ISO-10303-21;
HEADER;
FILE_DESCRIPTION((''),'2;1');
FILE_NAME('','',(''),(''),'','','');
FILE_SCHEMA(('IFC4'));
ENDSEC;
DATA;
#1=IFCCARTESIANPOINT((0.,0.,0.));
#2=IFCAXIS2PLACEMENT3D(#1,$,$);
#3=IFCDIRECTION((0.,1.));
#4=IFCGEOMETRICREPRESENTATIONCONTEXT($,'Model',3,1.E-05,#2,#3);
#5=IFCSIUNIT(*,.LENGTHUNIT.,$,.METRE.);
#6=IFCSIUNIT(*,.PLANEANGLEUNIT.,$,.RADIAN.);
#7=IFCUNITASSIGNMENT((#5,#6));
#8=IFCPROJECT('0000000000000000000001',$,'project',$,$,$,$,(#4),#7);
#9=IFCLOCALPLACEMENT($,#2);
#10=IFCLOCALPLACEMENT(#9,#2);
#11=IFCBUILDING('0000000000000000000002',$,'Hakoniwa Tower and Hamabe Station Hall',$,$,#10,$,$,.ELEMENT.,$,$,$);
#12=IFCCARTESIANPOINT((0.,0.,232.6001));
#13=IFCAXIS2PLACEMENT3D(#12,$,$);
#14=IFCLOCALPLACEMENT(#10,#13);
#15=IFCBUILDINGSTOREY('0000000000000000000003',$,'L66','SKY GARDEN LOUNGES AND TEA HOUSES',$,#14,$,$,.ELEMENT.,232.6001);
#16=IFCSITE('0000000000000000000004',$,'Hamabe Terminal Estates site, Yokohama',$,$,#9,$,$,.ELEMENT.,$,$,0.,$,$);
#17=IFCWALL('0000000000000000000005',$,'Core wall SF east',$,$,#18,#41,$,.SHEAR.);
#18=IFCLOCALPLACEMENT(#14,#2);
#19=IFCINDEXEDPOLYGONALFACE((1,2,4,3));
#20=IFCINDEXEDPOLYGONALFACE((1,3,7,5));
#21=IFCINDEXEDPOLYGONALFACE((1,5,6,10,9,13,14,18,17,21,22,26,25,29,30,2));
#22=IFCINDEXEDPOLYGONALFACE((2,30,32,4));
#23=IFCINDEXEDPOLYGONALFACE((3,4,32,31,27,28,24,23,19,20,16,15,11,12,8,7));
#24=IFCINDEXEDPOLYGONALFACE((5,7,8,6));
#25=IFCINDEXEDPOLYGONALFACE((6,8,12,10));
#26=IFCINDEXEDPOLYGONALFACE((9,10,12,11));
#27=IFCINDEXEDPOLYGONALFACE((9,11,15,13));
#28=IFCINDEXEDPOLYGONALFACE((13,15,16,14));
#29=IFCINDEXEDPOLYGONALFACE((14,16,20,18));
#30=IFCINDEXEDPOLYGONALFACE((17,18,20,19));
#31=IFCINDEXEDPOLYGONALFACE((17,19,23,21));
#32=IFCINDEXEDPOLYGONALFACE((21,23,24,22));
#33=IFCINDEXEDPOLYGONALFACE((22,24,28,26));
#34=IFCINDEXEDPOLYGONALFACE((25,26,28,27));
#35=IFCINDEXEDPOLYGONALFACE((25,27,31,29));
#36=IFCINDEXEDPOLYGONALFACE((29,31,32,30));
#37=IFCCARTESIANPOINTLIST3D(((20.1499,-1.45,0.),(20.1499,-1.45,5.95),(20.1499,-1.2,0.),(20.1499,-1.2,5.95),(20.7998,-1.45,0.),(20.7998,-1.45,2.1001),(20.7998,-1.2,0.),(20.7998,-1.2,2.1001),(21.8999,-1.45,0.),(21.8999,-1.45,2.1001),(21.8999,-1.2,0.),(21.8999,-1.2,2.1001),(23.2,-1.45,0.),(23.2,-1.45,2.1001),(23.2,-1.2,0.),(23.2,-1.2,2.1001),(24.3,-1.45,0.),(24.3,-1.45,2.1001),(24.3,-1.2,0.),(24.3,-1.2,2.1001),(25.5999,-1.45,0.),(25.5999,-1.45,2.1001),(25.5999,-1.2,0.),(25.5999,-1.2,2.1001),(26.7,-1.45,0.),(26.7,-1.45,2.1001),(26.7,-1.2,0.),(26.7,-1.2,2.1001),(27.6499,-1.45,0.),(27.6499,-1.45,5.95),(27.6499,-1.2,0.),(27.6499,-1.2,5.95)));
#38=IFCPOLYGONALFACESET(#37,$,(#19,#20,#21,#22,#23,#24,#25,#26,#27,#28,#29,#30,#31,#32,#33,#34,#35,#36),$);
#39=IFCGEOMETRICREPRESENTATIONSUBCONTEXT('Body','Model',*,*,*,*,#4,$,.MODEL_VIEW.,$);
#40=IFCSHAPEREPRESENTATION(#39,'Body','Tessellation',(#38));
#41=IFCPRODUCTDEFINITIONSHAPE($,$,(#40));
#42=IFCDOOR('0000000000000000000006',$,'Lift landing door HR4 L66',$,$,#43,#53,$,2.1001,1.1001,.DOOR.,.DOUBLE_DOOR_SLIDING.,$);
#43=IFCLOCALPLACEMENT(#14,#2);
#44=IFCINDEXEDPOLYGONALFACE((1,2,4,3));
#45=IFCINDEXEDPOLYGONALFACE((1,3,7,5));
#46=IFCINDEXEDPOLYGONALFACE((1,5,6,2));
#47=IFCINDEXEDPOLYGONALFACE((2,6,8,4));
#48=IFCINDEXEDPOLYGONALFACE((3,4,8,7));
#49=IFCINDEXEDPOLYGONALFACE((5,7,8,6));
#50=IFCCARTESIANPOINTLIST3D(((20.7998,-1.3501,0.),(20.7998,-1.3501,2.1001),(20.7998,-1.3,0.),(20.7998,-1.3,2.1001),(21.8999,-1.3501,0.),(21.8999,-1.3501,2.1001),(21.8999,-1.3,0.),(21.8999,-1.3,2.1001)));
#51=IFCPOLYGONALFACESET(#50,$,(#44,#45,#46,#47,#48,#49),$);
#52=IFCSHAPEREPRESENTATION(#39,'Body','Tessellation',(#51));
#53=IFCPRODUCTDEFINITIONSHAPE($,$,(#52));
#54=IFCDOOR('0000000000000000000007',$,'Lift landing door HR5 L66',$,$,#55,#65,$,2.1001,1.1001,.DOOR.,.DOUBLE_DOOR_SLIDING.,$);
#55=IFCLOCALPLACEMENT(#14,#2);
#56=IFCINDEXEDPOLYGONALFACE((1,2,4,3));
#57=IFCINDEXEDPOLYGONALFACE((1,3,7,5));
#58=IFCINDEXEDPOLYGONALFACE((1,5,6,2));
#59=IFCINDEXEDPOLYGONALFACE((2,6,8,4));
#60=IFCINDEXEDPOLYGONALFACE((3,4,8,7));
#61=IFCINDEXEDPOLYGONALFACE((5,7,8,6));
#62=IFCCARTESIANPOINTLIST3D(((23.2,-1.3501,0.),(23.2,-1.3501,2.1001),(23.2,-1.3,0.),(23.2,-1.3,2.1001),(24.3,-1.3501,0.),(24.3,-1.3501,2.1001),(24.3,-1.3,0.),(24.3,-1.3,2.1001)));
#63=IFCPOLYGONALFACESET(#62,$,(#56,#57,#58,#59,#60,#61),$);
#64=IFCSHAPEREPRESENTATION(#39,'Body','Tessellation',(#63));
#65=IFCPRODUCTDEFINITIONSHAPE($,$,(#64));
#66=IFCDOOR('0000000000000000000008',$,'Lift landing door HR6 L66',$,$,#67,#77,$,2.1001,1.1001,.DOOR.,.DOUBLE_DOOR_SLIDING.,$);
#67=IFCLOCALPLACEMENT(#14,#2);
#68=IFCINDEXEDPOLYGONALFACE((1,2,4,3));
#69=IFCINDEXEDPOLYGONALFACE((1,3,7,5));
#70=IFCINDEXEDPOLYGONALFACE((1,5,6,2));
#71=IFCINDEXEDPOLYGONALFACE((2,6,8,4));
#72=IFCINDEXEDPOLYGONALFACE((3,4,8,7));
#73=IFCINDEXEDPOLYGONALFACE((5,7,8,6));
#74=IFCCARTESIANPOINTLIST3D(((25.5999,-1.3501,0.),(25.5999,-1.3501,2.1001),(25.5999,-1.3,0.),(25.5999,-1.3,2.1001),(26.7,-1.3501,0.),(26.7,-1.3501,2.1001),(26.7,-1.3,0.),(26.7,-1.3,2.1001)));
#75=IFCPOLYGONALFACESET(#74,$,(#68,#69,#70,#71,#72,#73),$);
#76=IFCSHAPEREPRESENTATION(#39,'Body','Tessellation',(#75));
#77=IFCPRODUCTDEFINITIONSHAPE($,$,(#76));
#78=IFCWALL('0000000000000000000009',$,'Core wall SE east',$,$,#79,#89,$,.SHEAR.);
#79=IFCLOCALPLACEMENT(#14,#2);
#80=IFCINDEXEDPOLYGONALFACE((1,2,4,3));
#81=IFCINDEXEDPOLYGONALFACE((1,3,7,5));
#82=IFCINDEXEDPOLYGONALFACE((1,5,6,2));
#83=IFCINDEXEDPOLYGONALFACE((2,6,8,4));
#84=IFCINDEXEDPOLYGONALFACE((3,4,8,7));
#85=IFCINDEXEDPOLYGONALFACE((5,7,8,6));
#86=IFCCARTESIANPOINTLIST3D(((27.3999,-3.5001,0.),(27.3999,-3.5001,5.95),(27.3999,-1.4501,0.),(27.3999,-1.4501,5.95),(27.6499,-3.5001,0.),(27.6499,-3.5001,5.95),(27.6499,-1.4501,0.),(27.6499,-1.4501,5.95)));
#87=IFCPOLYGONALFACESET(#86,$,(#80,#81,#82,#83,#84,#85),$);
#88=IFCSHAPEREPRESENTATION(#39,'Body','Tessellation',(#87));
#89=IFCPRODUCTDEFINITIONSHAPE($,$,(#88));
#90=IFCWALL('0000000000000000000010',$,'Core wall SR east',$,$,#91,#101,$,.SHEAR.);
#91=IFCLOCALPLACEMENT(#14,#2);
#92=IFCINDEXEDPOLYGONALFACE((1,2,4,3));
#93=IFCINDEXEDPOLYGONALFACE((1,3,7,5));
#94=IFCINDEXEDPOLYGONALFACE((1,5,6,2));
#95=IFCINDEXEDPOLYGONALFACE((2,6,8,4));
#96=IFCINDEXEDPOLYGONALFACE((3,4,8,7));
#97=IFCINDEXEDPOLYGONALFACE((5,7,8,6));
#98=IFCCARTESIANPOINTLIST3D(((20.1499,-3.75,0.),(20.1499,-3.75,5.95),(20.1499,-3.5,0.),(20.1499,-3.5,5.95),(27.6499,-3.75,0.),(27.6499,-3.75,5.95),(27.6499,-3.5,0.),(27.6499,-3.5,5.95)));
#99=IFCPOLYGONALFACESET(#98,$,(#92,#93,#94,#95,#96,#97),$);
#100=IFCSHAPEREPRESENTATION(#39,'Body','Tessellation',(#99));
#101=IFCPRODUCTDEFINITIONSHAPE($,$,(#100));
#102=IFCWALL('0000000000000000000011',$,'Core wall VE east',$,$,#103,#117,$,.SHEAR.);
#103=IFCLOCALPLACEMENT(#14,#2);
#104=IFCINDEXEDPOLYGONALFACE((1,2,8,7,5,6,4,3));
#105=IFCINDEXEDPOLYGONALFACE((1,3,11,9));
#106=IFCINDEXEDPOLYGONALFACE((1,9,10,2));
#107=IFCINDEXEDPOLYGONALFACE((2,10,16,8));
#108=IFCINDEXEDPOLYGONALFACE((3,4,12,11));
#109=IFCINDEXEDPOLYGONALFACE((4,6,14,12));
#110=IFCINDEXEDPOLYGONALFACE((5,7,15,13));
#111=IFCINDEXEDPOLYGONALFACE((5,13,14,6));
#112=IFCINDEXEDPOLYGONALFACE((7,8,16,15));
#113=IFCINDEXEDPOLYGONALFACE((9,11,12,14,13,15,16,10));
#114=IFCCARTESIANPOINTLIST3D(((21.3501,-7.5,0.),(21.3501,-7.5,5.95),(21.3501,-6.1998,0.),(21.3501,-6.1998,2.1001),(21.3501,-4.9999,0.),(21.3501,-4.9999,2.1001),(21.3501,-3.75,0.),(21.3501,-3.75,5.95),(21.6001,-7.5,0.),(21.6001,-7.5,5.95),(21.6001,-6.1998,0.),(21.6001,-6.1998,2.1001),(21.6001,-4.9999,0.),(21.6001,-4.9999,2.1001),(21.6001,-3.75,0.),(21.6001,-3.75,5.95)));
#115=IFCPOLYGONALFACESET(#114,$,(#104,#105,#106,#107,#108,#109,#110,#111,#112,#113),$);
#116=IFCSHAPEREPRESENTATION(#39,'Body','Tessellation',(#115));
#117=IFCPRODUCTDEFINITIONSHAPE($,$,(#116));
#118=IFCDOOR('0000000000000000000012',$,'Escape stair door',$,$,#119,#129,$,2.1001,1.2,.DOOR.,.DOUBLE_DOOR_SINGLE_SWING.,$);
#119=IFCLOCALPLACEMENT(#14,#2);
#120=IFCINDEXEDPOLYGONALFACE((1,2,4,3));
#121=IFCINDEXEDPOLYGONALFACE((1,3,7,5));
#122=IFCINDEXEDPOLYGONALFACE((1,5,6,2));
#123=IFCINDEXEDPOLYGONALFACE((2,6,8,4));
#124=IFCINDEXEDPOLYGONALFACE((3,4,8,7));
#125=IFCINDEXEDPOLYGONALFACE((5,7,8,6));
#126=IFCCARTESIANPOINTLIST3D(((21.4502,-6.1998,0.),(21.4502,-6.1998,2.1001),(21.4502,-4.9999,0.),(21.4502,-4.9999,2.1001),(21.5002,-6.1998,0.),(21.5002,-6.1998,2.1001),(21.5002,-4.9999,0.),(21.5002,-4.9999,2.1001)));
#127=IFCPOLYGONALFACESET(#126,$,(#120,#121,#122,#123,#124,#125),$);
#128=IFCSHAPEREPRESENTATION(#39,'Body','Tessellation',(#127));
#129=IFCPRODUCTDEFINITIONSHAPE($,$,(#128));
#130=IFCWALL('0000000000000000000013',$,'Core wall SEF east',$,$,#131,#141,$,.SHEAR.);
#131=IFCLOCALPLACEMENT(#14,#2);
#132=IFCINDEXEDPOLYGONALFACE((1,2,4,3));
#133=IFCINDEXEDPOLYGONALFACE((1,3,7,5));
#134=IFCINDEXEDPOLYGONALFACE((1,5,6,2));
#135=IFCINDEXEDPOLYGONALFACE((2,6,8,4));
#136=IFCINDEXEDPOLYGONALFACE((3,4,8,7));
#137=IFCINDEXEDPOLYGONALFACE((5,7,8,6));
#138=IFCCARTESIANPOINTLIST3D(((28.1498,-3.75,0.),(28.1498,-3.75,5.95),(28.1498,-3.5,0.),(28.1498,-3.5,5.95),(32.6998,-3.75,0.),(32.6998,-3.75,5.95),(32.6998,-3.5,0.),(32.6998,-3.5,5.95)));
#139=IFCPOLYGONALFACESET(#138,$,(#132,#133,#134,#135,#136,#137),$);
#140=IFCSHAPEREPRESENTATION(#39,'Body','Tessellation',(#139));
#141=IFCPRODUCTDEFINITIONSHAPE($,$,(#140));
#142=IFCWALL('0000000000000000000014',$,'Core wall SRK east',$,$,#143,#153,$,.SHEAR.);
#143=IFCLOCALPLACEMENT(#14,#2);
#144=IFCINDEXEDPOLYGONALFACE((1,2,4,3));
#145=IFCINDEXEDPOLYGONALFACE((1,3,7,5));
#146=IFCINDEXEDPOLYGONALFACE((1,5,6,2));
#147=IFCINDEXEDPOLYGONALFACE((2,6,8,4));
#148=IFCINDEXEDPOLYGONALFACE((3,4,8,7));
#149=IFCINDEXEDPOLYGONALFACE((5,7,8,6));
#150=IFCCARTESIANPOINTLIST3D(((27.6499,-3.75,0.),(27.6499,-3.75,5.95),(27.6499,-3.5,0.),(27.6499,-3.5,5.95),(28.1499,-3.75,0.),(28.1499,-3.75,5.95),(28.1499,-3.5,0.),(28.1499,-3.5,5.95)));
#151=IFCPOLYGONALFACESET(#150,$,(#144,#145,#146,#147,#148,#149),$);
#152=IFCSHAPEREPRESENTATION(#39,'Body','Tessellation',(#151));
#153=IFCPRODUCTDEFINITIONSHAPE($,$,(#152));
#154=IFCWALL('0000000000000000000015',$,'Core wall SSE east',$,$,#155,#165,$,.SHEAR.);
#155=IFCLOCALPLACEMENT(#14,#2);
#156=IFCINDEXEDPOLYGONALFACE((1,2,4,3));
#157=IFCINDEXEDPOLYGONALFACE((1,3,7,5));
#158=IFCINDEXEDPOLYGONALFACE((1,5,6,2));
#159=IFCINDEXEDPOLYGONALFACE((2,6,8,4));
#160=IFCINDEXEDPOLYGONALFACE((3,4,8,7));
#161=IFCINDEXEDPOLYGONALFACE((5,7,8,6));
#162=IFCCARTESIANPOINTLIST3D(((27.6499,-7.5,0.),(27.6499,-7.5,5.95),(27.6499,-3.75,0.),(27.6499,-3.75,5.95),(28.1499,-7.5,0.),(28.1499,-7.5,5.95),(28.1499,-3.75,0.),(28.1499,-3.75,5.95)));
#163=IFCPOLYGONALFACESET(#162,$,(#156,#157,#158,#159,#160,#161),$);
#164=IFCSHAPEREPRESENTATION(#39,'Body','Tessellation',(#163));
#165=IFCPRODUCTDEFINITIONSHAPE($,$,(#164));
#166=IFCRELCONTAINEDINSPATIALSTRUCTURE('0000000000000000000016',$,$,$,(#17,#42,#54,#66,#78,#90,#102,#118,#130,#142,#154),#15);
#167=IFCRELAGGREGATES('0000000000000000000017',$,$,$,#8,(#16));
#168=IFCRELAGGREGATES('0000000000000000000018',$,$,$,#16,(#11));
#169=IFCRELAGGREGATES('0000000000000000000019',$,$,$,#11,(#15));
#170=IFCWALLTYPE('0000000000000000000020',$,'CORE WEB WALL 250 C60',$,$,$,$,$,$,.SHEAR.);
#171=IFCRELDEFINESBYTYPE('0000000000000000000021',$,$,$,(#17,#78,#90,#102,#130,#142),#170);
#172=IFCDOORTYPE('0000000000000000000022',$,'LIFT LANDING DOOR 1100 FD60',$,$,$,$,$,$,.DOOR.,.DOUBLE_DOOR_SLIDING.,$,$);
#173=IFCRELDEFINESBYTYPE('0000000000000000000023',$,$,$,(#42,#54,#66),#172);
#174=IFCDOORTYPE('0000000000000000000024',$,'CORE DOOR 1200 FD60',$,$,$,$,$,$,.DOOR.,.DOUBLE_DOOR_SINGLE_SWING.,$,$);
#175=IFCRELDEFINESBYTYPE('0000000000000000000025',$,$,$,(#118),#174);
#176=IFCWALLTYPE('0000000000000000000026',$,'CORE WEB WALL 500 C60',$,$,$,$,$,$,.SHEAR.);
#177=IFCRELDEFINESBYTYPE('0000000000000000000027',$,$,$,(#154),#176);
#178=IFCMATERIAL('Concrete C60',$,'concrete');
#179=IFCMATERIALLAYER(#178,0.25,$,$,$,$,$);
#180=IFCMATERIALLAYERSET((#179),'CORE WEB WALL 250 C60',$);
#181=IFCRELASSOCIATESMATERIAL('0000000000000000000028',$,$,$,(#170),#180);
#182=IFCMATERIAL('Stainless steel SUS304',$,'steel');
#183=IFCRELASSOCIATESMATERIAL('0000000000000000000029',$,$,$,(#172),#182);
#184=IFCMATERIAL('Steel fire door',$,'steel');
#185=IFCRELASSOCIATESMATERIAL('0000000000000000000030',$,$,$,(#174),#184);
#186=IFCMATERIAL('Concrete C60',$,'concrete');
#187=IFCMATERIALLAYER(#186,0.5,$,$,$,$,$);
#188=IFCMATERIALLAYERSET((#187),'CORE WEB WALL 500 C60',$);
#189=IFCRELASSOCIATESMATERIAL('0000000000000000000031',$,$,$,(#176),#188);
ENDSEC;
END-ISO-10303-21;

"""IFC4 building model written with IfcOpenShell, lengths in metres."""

from ifc_helpers import new_model, si_unit, direction, frame, frame_2d, origin, place, context, subcontext, project, spatial, rectangle, extrude, material, layer, layer_set, type_object, element, fill, save


model = new_model("IFC4")

# Units and contexts
model_context = context("Model", 3, precision=1e-05, world=origin(), true_north=direction((0.0, 1.0)))
body_context = subcontext(model_context, "Body", "Model", "MODEL_VIEW")
ifc_project = project(units=[si_unit("LENGTHUNIT", "METRE"), si_unit("PLANEANGLEUNIT", "RADIAN")], contexts=[model_context])

# Site, building, storey
site_placement = place(None, origin())
site = spatial("IfcSite", under=ifc_project, at=site_placement, Name="Hamabe Terminal Estates site, Yokohama", CompositionType="ELEMENT", RefElevation=0.0)
building_placement = place(site_placement, origin())
building = spatial("IfcBuilding", under=site, at=building_placement, Name="Hakoniwa Tower and Hamabe Station Hall", CompositionType="ELEMENT")
storey_placement = place(building_placement, frame((0.0, 0.0, 232.6001)))
storey = spatial("IfcBuildingStorey", under=building, at=storey_placement, Name="L66", Description="SKY GARDEN LOUNGES AND TEA HOUSES", CompositionType="ELEMENT", Elevation=232.6001)

# Shared definitions
ifc_material_1 = material(Name="Concrete C60", Category="concrete")
ifc_layer_1 = layer(ifc_material_1, 0.25)
ifc_layer_set_1 = layer_set([ifc_layer_1], Name="CORE WEB WALL 250 C60")
wall_type_1 = type_object("IfcWallType", Name="CORE WEB WALL 250 C60", PredefinedType="SHEAR", material=ifc_layer_set_1)

# Wall, openings, doors
wall_1_placement = place(storey_placement, frame((20.1499, -1.325, 0.0), z_axis=(0.0, 0.0, 1.0), x_axis=(1.0, 0.0, 0.0)))
wall_1 = element("IfcWall", 1, at=wall_1_placement, inside=storey, type_object=wall_type_1, Name="Core wall SF east", PredefinedType="SHEAR", context=body_context, shape_type="SweptSolid", body=[
    extrude(rectangle(XDim=7.5, YDim=0.25, at=frame_2d((3.75, 0.0))), origin(), (0.0, 0.0, 1.0), 5.95),
])
opening_1_placement = place(wall_1_placement, frame((0.6499, 0.0, 0.0)))
opening_1 = element("IfcOpeningElement", 2, at=opening_1_placement, cuts=wall_1, PredefinedType="OPENING", context=body_context, shape_type="SweptSolid", body=[
    extrude(rectangle(XDim=1.1001, YDim=2.1001, at=frame_2d((0.55, 1.05))), frame((0.0, 0.135, 0.0), z_axis=(0.0, -1.0, 0.0), x_axis=(1.0, 0.0, 0.0)), (0.0, 0.0, 1.0), 0.27),
])
opening_2_placement = place(wall_1_placement, frame((3.05, 0.0, 0.0)))
opening_2 = element("IfcOpeningElement", 3, at=opening_2_placement, cuts=wall_1, PredefinedType="OPENING", context=body_context, shape_type="SweptSolid", body=[
    extrude(rectangle(XDim=1.1001, YDim=2.1001, at=frame_2d((0.55, 1.05))), frame((0.0, 0.135, 0.0), z_axis=(0.0, -1.0, 0.0), x_axis=(1.0, 0.0, 0.0)), (0.0, 0.0, 1.0), 0.27),
])
opening_3_placement = place(wall_1_placement, frame((5.45, 0.0, 0.0)))
opening_3 = element("IfcOpeningElement", 4, at=opening_3_placement, cuts=wall_1, PredefinedType="OPENING", context=body_context, shape_type="SweptSolid", body=[
    extrude(rectangle(XDim=1.1001, YDim=2.1001, at=frame_2d((0.55, 1.05))), frame((0.0, 0.135, 0.0), z_axis=(0.0, -1.0, 0.0), x_axis=(1.0, 0.0, 0.0)), (0.0, 0.0, 1.0), 0.27),
])
ifc_material_2 = material(Name="Stainless steel SUS304", Category="steel")
door_type_1 = type_object("IfcDoorType", Name="LIFT LANDING DOOR 1100 FD60", OperationType="DOUBLE_DOOR_SLIDING", PredefinedType="DOOR", material=ifc_material_2)
door_1_placement = place(opening_1_placement, origin())
door_1 = element("IfcDoor", 5, at=door_1_placement, inside=storey, type_object=door_type_1, Name="Lift landing door HR4 L66", OperationType="DOUBLE_DOOR_SLIDING", OverallHeight=2.1001, OverallWidth=1.1001, PredefinedType="DOOR", context=body_context, shape_type="SweptSolid", body=[
    extrude(rectangle(XDim=1.1001, YDim=2.1001, at=frame_2d((0.55, 1.05))), frame((0.0, 0.0249, 0.0), z_axis=(0.0, -1.0, 0.0), x_axis=(1.0, 0.0, 0.0)), (0.0, 0.0, 1.0), 0.05),
])
fill(opening_1, door_1)
door_2_placement = place(opening_2_placement, origin())
door_2 = element("IfcDoor", 6, at=door_2_placement, inside=storey, type_object=door_type_1, Name="Lift landing door HR5 L66", OperationType="DOUBLE_DOOR_SLIDING", OverallHeight=2.1001, OverallWidth=1.1001, PredefinedType="DOOR", context=body_context, shape_type="SweptSolid", body=[
    extrude(rectangle(XDim=1.1001, YDim=2.1001, at=frame_2d((0.55, 1.05))), frame((0.0, 0.0249, 0.0), z_axis=(0.0, -1.0, 0.0), x_axis=(1.0, 0.0, 0.0)), (0.0, 0.0, 1.0), 0.05),
])
fill(opening_2, door_2)
door_3_placement = place(opening_3_placement, origin())
door_3 = element("IfcDoor", 7, at=door_3_placement, inside=storey, type_object=door_type_1, Name="Lift landing door HR6 L66", OperationType="DOUBLE_DOOR_SLIDING", OverallHeight=2.1001, OverallWidth=1.1001, PredefinedType="DOOR", context=body_context, shape_type="SweptSolid", body=[
    extrude(rectangle(XDim=1.1001, YDim=2.1001, at=frame_2d((0.55, 1.05))), frame((0.0, 0.0249, 0.0), z_axis=(0.0, -1.0, 0.0), x_axis=(1.0, 0.0, 0.0)), (0.0, 0.0, 1.0), 0.05),
])
fill(opening_3, door_3)

# Walls
wall_2_placement = place(storey_placement, frame((27.5249, -3.5, 0.0), z_axis=(0.0, 0.0, 1.0), x_axis=(0.0, 1.0, 0.0)))
element("IfcWall", 8, at=wall_2_placement, inside=storey, type_object=wall_type_1, Name="Core wall SE east", PredefinedType="SHEAR", context=body_context, shape_type="SweptSolid", body=[
    extrude(rectangle(XDim=2.05, YDim=0.25, at=frame_2d((1.0249, 0.0))), origin(), (0.0, 0.0, 1.0), 5.95),
])
wall_3_placement = place(storey_placement, frame((20.1499, -3.625, 0.0), z_axis=(0.0, 0.0, 1.0), x_axis=(1.0, 0.0, 0.0)))
element("IfcWall", 9, at=wall_3_placement, inside=storey, type_object=wall_type_1, Name="Core wall SR east", PredefinedType="SHEAR", context=body_context, shape_type="SweptSolid", body=[
    extrude(rectangle(XDim=7.5, YDim=0.25, at=frame_2d((3.75, 0.0))), origin(), (0.0, 0.0, 1.0), 5.95),
])

# Wall, opening, door
wall_4_placement = place(storey_placement, frame((21.4751, -7.5, 0.0), z_axis=(0.0, 0.0, 1.0), x_axis=(0.0, 1.0, 0.0)))
wall_4 = element("IfcWall", 10, at=wall_4_placement, inside=storey, type_object=wall_type_1, Name="Core wall VE east", PredefinedType="SHEAR", context=body_context, shape_type="SweptSolid", body=[
    extrude(rectangle(XDim=3.75, YDim=0.25, at=frame_2d((1.875, 0.0))), origin(), (0.0, 0.0, 1.0), 5.95),
])
opening_4_placement = place(wall_4_placement, frame((1.3, 0.0, 0.0)))
opening_4 = element("IfcOpeningElement", 11, at=opening_4_placement, cuts=wall_4, PredefinedType="OPENING", context=body_context, shape_type="SweptSolid", body=[
    extrude(rectangle(XDim=1.2, YDim=2.1001, at=frame_2d((0.6001, 1.05))), frame((0.0, 0.135, 0.0), z_axis=(0.0, -1.0, 0.0), x_axis=(1.0, 0.0, 0.0)), (0.0, 0.0, 1.0), 0.27),
])
ifc_material_3 = material(Name="Steel fire door", Category="steel")
door_type_2 = type_object("IfcDoorType", Name="CORE DOOR 1200 FD60", OperationType="DOUBLE_DOOR_SINGLE_SWING", PredefinedType="DOOR", material=ifc_material_3)
door_4_placement = place(opening_4_placement, origin())
door_4 = element("IfcDoor", 12, at=door_4_placement, inside=storey, type_object=door_type_2, Name="Escape stair door", OperationType="DOUBLE_DOOR_SINGLE_SWING", OverallHeight=2.1001, OverallWidth=1.2, PredefinedType="DOOR", context=body_context, shape_type="SweptSolid", body=[
    extrude(rectangle(XDim=1.2, YDim=2.1001, at=frame_2d((0.6001, 1.05))), frame((0.0, 0.0249, 0.0), z_axis=(0.0, -1.0, 0.0), x_axis=(1.0, 0.0, 0.0)), (0.0, 0.0, 1.0), 0.05),
])
fill(opening_4, door_4)

# Walls
wall_5_placement = place(storey_placement, frame((28.1499, -3.625, 0.0), z_axis=(0.0, 0.0, 1.0), x_axis=(1.0, 0.0, 0.0)))
element("IfcWall", 13, at=wall_5_placement, inside=storey, type_object=wall_type_1, Name="Core wall SEF east", PredefinedType="SHEAR", context=body_context, shape_type="SweptSolid", body=[
    extrude(rectangle(XDim=4.55, YDim=0.25, at=frame_2d((2.2749, 0.0))), origin(), (0.0, 0.0, 1.0), 5.95),
])
wall_6_placement = place(storey_placement, frame((27.6499, -3.625, 0.0), z_axis=(0.0, 0.0, 1.0), x_axis=(1.0, 0.0, 0.0)))
element("IfcWall", 14, at=wall_6_placement, inside=storey, type_object=wall_type_1, Name="Core wall SRK east", PredefinedType="SHEAR", context=body_context, shape_type="SweptSolid", body=[
    extrude(rectangle(XDim=0.5, YDim=0.25, at=frame_2d((0.25, 0.0))), origin(), (0.0, 0.0, 1.0), 5.95),
])
ifc_material_4 = material(Name="Concrete C60", Category="concrete")
ifc_layer_2 = layer(ifc_material_4, 0.5)
ifc_layer_set_2 = layer_set([ifc_layer_2], Name="CORE WEB WALL 500 C60")
wall_type_2 = type_object("IfcWallType", Name="CORE WEB WALL 500 C60", PredefinedType="SHEAR", material=ifc_layer_set_2)
wall_7_placement = place(storey_placement, frame((27.8999, -7.5, 0.0), z_axis=(0.0, 0.0, 1.0), x_axis=(0.0, 1.0, 0.0)))
element("IfcWall", 15, at=wall_7_placement, inside=storey, type_object=wall_type_2, Name="Core wall SSE east", PredefinedType="SHEAR", context=body_context, shape_type="SweptSolid", body=[
    extrude(rectangle(XDim=3.75, YDim=0.5, at=frame_2d((1.875, 0.0))), origin(), (0.0, 0.0, 1.0), 5.95),
])

save(model, "model.ifc")
